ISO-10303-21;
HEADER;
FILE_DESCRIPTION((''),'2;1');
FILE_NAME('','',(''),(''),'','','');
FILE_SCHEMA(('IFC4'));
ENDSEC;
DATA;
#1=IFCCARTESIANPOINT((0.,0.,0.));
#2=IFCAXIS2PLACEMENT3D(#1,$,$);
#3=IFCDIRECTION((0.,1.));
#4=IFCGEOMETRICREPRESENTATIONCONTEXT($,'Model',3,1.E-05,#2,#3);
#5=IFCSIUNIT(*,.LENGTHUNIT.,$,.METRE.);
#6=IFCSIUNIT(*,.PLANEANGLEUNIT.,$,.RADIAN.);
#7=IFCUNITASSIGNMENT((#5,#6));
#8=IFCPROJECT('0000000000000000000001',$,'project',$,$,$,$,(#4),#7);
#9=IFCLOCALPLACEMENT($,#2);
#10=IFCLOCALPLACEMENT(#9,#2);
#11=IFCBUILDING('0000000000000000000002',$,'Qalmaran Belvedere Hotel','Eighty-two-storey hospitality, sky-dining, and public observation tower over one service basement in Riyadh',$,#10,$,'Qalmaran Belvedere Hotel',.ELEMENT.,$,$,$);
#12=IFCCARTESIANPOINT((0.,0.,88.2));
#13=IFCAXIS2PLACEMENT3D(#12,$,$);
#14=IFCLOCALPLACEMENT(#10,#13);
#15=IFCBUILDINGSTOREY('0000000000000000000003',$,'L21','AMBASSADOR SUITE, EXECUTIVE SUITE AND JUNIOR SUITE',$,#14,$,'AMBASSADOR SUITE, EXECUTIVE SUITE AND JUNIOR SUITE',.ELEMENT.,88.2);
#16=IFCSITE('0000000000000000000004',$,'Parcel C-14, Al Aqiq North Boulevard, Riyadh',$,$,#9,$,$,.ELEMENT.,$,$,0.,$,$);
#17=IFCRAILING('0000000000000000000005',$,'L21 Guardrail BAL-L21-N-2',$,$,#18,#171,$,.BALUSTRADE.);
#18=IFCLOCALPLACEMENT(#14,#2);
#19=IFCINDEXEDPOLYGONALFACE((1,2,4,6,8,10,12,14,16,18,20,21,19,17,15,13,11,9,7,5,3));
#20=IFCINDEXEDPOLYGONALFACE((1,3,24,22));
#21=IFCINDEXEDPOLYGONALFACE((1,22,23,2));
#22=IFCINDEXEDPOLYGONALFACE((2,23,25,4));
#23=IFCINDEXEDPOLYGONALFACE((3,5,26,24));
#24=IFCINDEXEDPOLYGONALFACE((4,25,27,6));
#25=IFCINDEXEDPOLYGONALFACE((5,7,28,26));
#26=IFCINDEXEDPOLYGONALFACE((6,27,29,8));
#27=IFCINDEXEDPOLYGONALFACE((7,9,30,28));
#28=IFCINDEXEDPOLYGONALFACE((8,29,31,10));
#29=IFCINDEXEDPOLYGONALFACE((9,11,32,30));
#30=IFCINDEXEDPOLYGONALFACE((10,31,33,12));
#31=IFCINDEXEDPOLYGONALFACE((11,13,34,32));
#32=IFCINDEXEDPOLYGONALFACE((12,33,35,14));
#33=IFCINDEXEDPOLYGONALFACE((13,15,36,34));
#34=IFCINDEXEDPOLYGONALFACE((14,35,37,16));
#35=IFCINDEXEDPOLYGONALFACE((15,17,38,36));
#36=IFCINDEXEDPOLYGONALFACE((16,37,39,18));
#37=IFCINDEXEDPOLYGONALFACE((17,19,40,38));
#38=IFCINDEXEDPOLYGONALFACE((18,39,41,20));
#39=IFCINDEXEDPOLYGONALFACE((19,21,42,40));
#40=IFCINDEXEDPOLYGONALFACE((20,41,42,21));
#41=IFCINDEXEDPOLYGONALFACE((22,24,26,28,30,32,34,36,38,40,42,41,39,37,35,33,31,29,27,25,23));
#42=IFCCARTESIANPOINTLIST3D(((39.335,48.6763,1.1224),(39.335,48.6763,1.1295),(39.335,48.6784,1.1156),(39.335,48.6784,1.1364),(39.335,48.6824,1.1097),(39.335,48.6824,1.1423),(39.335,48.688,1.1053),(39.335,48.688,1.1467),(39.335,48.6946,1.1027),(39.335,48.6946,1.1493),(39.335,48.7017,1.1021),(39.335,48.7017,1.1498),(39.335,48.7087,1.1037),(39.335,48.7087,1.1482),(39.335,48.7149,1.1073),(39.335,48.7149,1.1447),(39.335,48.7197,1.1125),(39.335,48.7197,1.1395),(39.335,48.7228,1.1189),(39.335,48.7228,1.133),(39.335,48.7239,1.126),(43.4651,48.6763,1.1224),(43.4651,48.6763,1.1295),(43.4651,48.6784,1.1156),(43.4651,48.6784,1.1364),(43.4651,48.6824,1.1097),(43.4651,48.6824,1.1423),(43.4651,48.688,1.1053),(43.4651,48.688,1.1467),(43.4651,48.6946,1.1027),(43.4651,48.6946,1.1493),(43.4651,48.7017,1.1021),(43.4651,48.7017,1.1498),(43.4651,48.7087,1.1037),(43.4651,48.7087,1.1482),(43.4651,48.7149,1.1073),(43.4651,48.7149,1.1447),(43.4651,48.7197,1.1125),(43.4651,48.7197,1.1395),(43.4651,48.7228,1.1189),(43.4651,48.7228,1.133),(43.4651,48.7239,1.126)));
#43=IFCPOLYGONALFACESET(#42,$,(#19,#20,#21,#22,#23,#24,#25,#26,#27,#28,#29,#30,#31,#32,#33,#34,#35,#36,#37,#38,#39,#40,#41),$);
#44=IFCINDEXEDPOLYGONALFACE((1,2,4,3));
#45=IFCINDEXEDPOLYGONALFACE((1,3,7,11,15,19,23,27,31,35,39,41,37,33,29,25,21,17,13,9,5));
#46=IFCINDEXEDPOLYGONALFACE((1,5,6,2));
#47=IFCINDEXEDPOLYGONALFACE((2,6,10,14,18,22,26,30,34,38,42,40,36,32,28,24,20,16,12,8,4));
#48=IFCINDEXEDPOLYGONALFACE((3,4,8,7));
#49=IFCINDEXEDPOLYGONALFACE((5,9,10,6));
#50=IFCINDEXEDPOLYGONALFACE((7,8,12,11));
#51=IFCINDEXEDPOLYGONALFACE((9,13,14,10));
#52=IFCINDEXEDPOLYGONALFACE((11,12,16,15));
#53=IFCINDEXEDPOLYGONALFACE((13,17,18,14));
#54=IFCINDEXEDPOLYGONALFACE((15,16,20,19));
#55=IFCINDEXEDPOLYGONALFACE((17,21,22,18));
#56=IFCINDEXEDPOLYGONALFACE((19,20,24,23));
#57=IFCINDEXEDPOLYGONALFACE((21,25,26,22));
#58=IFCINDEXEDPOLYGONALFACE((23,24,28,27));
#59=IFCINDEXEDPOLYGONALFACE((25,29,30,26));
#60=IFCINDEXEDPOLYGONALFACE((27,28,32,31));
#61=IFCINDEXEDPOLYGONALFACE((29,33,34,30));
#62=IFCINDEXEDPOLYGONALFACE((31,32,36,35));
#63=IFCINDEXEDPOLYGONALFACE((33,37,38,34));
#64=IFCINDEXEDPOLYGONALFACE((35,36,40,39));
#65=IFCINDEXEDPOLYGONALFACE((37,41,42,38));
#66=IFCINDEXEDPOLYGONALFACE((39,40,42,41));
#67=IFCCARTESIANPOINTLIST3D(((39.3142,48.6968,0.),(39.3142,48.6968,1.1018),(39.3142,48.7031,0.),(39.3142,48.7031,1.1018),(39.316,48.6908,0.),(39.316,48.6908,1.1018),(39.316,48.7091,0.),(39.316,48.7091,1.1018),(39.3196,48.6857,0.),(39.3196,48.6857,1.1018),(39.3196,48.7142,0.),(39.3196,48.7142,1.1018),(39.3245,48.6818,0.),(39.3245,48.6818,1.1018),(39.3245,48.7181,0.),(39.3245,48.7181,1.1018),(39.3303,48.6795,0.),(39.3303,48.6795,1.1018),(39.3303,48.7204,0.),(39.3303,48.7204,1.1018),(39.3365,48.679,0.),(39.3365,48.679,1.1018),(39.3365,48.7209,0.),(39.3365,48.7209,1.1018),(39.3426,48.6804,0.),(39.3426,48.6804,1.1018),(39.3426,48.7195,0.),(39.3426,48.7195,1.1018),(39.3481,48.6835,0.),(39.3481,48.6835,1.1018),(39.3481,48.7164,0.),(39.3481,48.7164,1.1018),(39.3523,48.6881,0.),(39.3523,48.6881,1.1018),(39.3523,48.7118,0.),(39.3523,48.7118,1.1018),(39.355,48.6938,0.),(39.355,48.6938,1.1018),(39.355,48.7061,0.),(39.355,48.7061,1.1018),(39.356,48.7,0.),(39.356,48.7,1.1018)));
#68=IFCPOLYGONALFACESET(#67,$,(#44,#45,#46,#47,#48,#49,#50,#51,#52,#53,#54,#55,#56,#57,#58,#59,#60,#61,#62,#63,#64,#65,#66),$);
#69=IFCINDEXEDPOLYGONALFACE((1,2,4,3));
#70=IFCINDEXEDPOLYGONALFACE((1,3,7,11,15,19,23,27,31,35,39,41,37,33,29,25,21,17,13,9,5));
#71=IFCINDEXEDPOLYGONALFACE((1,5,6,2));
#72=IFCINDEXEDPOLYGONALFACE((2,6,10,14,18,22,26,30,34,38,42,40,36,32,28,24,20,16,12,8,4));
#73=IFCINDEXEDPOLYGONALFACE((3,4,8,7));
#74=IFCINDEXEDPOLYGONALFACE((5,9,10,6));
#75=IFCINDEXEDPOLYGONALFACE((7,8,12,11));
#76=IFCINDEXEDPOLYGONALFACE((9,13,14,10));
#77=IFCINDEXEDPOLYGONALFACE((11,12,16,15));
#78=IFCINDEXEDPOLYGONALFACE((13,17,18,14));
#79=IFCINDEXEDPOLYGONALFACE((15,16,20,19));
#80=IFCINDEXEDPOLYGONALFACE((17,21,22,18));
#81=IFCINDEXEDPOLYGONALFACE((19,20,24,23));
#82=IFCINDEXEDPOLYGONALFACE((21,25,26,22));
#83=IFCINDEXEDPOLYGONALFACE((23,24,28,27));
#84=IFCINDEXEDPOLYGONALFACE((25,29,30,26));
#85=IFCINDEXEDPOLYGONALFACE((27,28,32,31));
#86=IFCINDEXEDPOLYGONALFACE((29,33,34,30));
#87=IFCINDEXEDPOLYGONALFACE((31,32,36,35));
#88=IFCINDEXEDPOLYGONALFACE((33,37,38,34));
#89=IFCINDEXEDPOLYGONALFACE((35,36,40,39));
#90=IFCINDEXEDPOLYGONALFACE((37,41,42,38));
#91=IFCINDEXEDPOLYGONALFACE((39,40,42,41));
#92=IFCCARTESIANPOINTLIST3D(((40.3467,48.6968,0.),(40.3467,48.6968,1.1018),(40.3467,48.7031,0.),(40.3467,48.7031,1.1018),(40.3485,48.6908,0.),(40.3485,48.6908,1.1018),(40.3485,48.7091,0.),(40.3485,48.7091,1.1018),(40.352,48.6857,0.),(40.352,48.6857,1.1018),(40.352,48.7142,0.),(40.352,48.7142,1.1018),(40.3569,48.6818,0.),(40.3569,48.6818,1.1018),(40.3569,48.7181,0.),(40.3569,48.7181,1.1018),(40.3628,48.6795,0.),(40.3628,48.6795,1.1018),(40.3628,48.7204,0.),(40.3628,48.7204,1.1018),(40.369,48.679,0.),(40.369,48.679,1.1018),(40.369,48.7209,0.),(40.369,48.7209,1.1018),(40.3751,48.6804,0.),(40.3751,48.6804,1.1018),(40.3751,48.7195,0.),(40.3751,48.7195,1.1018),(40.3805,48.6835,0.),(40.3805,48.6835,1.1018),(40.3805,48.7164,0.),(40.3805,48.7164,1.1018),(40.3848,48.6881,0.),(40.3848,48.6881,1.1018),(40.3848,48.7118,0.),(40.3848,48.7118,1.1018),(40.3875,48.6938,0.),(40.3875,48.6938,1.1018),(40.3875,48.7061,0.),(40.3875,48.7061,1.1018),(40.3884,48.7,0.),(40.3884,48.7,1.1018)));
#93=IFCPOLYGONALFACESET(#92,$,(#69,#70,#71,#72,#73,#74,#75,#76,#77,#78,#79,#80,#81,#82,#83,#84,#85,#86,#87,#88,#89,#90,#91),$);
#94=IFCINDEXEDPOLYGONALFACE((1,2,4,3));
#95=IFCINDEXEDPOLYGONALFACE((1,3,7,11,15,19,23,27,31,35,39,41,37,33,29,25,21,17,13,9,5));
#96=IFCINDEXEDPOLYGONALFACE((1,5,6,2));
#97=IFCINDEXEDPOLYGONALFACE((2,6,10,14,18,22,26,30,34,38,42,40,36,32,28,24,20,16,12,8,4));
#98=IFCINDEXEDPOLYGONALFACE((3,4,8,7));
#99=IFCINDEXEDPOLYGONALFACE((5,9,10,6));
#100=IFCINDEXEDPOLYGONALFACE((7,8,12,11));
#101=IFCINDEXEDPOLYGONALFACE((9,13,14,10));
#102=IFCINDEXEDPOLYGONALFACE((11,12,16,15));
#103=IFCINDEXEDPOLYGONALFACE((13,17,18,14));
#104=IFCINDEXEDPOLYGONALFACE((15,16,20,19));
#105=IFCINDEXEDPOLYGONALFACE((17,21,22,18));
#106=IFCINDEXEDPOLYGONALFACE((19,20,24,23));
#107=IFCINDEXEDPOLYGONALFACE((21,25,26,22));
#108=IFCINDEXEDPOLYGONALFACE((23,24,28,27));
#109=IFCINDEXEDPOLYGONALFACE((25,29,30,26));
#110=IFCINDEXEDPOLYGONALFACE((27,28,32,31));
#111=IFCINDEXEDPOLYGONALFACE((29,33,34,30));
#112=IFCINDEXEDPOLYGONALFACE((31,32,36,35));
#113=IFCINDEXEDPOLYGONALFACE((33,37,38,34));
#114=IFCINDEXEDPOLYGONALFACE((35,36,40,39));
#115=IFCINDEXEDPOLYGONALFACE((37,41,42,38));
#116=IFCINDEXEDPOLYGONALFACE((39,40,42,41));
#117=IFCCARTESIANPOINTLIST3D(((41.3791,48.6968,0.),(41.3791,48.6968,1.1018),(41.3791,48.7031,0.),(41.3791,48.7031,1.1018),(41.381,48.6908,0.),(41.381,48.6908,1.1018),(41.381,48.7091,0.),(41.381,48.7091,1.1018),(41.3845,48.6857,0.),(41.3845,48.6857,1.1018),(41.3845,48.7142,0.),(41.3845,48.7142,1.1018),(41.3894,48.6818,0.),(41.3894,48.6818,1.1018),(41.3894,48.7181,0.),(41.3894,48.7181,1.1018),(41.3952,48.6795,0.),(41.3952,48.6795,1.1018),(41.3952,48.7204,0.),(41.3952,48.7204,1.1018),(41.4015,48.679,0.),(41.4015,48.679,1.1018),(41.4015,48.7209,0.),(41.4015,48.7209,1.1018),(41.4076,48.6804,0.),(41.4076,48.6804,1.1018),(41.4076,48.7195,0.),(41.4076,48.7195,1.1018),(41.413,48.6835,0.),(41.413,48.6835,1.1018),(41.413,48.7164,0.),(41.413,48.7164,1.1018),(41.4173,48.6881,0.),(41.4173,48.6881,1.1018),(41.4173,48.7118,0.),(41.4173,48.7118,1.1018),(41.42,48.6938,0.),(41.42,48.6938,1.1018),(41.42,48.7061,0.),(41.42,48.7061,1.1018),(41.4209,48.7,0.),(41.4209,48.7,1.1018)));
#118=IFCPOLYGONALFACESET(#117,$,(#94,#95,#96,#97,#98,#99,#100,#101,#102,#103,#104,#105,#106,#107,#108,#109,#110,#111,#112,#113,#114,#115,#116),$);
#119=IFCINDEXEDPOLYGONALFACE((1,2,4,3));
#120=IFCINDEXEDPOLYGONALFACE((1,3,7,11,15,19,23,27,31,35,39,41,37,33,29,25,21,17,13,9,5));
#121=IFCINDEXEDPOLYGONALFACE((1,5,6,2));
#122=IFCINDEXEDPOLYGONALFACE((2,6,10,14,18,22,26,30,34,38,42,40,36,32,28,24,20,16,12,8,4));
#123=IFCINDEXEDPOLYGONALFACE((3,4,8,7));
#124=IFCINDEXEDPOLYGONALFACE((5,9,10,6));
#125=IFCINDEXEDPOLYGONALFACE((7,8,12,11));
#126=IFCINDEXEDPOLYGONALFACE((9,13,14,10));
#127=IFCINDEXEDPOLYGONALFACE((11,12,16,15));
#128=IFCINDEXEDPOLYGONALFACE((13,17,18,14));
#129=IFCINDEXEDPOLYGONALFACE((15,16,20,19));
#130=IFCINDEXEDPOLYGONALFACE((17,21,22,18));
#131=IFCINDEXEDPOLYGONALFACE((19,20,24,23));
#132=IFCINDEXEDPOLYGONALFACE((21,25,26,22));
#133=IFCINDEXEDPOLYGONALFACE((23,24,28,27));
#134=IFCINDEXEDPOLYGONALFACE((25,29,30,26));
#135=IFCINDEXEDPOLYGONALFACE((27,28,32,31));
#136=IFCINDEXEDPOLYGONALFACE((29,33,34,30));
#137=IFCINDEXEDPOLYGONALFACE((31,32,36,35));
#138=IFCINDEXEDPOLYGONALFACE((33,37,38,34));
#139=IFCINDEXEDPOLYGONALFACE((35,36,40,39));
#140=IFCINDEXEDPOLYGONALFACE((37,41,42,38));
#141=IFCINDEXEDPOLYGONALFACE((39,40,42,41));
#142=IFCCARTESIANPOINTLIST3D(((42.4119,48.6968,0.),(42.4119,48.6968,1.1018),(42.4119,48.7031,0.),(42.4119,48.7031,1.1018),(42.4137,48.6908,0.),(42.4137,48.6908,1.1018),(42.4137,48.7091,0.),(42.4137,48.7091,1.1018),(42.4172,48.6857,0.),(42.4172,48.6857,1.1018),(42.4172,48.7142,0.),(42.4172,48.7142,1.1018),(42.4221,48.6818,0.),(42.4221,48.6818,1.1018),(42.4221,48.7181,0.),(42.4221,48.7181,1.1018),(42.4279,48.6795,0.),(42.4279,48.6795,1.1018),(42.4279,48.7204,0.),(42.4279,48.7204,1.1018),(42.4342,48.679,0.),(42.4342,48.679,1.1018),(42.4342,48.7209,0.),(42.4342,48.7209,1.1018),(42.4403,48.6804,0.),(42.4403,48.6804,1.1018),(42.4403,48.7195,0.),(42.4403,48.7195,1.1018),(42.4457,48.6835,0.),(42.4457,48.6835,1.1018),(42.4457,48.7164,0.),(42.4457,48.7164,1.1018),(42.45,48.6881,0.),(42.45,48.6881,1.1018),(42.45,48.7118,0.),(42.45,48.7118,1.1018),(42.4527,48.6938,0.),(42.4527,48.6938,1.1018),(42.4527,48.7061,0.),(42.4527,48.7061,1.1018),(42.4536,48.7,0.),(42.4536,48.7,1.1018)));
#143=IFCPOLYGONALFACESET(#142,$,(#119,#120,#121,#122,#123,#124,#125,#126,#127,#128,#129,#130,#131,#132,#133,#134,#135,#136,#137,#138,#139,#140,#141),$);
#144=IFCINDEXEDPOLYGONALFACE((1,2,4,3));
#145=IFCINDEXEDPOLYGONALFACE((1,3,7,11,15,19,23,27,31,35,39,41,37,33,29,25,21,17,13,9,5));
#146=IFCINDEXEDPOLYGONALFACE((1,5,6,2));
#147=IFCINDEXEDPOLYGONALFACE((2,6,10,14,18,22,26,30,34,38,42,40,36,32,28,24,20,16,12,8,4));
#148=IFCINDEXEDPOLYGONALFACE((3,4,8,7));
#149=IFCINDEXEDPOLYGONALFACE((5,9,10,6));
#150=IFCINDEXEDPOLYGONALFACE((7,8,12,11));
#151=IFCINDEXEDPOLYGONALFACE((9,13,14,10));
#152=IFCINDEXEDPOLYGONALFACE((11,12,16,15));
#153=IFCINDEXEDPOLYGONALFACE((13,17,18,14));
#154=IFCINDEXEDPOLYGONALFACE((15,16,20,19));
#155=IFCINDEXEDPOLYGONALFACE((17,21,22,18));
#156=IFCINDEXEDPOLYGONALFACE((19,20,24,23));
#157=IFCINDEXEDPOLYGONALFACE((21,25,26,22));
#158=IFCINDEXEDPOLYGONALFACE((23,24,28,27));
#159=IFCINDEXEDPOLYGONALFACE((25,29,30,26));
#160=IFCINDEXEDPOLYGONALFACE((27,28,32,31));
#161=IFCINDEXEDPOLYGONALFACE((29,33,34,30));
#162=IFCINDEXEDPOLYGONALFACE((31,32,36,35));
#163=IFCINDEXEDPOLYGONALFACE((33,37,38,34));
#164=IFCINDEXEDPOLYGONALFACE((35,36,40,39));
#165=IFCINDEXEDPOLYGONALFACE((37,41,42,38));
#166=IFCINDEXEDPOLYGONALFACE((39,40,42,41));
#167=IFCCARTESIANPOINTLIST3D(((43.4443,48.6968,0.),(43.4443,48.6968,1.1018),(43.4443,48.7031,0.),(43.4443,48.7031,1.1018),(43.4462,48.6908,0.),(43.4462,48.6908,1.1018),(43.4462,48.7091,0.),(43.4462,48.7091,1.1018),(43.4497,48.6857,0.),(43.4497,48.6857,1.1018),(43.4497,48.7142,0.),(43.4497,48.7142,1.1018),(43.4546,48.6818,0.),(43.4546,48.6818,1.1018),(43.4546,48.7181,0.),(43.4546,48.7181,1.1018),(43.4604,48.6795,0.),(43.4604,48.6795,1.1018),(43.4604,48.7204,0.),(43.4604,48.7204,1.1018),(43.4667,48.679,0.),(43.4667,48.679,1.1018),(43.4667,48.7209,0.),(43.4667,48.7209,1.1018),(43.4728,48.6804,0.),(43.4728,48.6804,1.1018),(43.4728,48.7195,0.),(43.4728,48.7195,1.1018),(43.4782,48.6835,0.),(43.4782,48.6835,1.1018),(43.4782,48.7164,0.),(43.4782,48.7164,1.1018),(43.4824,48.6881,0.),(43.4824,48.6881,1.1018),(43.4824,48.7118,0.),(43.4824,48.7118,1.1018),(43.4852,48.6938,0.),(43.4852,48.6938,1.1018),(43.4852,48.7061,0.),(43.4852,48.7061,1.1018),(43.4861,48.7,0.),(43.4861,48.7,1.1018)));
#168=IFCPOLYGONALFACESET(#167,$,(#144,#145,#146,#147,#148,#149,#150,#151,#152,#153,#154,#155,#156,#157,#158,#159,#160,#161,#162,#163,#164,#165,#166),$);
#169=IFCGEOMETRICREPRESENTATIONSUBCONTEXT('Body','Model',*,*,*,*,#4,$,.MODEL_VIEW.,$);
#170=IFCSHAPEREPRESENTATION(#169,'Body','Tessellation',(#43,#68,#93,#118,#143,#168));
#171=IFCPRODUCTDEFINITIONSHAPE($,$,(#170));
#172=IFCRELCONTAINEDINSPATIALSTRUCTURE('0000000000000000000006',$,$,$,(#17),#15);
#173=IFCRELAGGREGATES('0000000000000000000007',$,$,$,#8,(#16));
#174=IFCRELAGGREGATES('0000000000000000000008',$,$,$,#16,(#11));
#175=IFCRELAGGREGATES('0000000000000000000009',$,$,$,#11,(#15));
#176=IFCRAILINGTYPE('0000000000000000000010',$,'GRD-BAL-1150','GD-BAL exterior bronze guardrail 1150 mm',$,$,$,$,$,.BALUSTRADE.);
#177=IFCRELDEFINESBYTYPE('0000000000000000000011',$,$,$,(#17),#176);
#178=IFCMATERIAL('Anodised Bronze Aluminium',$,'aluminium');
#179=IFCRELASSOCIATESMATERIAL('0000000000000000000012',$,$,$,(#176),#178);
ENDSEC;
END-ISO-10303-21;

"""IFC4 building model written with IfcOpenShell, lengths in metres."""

from ifc_helpers import new_model, si_unit, direction, frame, origin, origin_2d, place, context, subcontext, project, spatial, circle, extrude, material, type_object, element, save


model = new_model("IFC4")

# Units and contexts
model_context = context("Model", 3, precision=1e-05, world=origin(), true_north=direction((0.0, 1.0)))
body_context = subcontext(model_context, "Body", "Model", "MODEL_VIEW")
ifc_project = project(units=[si_unit("LENGTHUNIT", "METRE"), si_unit("PLANEANGLEUNIT", "RADIAN")], contexts=[model_context])

# Site, building, storey
site_placement = place(None, origin())
site = spatial("IfcSite", under=ifc_project, at=site_placement, Name="Parcel C-14, Al Aqiq North Boulevard, Riyadh", CompositionType="ELEMENT", RefElevation=0.0)
building_placement = place(site_placement, origin())
building = spatial("IfcBuilding", under=site, at=building_placement, Name="Qalmaran Belvedere Hotel", Description="Eighty-two-storey hospitality, sky-dining, and public observation tower over one service basement in Riyadh", LongName="Qalmaran Belvedere Hotel", CompositionType="ELEMENT")
storey_placement = place(building_placement, frame((0.0, 0.0, 88.2)))
storey = spatial("IfcBuildingStorey", under=building, at=storey_placement, Name="L21", Description="AMBASSADOR SUITE, EXECUTIVE SUITE AND JUNIOR SUITE", LongName="AMBASSADOR SUITE, EXECUTIVE SUITE AND JUNIOR SUITE", CompositionType="ELEMENT", Elevation=88.2)

# Shared definitions
ifc_material_1 = material(Name="Anodised Bronze Aluminium", Category="aluminium")

# Railing
railing_type = type_object("IfcRailingType", Name="GRD-BAL-1150", Description="GD-BAL exterior bronze guardrail 1150 mm", PredefinedType="BALUSTRADE", material=ifc_material_1)
railing_1_placement = place(storey_placement, frame((39.335, 48.7, 0.0)))
element("IfcRailing", 1, at=railing_1_placement, inside=storey, type_object=railing_type, Name="L21 Guardrail BAL-L21-N-2", PredefinedType="BALUSTRADE", context=body_context, shape_type="SweptSolid", body=[
    extrude(circle(Radius=0.0239, at=origin_2d()), frame((0.0, 0.0, 1.126), z_axis=(1.0, 0.0, 0.0), x_axis=(0.0, 1.0, 0.0)), (0.0, 0.0, 1.0), 4.1301),
    extrude(circle(Radius=0.021, at=origin_2d()), origin(), (0.0, 0.0, 1.0), 1.1018),
    extrude(circle(Radius=0.021, at=origin_2d()), frame((1.0325, 0.0, 0.0)), (0.0, 0.0, 1.0), 1.1018),
    extrude(circle(Radius=0.021, at=origin_2d()), frame((2.0649, 0.0, 0.0)), (0.0, 0.0, 1.0), 1.1018),
    extrude(circle(Radius=0.021, at=origin_2d()), frame((3.0977, 0.0, 0.0)), (0.0, 0.0, 1.0), 1.1018),
    extrude(circle(Radius=0.021, at=origin_2d()), frame((4.1301, 0.0, 0.0)), (0.0, 0.0, 1.0), 1.1018),
])

save(model, "model.ifc")
